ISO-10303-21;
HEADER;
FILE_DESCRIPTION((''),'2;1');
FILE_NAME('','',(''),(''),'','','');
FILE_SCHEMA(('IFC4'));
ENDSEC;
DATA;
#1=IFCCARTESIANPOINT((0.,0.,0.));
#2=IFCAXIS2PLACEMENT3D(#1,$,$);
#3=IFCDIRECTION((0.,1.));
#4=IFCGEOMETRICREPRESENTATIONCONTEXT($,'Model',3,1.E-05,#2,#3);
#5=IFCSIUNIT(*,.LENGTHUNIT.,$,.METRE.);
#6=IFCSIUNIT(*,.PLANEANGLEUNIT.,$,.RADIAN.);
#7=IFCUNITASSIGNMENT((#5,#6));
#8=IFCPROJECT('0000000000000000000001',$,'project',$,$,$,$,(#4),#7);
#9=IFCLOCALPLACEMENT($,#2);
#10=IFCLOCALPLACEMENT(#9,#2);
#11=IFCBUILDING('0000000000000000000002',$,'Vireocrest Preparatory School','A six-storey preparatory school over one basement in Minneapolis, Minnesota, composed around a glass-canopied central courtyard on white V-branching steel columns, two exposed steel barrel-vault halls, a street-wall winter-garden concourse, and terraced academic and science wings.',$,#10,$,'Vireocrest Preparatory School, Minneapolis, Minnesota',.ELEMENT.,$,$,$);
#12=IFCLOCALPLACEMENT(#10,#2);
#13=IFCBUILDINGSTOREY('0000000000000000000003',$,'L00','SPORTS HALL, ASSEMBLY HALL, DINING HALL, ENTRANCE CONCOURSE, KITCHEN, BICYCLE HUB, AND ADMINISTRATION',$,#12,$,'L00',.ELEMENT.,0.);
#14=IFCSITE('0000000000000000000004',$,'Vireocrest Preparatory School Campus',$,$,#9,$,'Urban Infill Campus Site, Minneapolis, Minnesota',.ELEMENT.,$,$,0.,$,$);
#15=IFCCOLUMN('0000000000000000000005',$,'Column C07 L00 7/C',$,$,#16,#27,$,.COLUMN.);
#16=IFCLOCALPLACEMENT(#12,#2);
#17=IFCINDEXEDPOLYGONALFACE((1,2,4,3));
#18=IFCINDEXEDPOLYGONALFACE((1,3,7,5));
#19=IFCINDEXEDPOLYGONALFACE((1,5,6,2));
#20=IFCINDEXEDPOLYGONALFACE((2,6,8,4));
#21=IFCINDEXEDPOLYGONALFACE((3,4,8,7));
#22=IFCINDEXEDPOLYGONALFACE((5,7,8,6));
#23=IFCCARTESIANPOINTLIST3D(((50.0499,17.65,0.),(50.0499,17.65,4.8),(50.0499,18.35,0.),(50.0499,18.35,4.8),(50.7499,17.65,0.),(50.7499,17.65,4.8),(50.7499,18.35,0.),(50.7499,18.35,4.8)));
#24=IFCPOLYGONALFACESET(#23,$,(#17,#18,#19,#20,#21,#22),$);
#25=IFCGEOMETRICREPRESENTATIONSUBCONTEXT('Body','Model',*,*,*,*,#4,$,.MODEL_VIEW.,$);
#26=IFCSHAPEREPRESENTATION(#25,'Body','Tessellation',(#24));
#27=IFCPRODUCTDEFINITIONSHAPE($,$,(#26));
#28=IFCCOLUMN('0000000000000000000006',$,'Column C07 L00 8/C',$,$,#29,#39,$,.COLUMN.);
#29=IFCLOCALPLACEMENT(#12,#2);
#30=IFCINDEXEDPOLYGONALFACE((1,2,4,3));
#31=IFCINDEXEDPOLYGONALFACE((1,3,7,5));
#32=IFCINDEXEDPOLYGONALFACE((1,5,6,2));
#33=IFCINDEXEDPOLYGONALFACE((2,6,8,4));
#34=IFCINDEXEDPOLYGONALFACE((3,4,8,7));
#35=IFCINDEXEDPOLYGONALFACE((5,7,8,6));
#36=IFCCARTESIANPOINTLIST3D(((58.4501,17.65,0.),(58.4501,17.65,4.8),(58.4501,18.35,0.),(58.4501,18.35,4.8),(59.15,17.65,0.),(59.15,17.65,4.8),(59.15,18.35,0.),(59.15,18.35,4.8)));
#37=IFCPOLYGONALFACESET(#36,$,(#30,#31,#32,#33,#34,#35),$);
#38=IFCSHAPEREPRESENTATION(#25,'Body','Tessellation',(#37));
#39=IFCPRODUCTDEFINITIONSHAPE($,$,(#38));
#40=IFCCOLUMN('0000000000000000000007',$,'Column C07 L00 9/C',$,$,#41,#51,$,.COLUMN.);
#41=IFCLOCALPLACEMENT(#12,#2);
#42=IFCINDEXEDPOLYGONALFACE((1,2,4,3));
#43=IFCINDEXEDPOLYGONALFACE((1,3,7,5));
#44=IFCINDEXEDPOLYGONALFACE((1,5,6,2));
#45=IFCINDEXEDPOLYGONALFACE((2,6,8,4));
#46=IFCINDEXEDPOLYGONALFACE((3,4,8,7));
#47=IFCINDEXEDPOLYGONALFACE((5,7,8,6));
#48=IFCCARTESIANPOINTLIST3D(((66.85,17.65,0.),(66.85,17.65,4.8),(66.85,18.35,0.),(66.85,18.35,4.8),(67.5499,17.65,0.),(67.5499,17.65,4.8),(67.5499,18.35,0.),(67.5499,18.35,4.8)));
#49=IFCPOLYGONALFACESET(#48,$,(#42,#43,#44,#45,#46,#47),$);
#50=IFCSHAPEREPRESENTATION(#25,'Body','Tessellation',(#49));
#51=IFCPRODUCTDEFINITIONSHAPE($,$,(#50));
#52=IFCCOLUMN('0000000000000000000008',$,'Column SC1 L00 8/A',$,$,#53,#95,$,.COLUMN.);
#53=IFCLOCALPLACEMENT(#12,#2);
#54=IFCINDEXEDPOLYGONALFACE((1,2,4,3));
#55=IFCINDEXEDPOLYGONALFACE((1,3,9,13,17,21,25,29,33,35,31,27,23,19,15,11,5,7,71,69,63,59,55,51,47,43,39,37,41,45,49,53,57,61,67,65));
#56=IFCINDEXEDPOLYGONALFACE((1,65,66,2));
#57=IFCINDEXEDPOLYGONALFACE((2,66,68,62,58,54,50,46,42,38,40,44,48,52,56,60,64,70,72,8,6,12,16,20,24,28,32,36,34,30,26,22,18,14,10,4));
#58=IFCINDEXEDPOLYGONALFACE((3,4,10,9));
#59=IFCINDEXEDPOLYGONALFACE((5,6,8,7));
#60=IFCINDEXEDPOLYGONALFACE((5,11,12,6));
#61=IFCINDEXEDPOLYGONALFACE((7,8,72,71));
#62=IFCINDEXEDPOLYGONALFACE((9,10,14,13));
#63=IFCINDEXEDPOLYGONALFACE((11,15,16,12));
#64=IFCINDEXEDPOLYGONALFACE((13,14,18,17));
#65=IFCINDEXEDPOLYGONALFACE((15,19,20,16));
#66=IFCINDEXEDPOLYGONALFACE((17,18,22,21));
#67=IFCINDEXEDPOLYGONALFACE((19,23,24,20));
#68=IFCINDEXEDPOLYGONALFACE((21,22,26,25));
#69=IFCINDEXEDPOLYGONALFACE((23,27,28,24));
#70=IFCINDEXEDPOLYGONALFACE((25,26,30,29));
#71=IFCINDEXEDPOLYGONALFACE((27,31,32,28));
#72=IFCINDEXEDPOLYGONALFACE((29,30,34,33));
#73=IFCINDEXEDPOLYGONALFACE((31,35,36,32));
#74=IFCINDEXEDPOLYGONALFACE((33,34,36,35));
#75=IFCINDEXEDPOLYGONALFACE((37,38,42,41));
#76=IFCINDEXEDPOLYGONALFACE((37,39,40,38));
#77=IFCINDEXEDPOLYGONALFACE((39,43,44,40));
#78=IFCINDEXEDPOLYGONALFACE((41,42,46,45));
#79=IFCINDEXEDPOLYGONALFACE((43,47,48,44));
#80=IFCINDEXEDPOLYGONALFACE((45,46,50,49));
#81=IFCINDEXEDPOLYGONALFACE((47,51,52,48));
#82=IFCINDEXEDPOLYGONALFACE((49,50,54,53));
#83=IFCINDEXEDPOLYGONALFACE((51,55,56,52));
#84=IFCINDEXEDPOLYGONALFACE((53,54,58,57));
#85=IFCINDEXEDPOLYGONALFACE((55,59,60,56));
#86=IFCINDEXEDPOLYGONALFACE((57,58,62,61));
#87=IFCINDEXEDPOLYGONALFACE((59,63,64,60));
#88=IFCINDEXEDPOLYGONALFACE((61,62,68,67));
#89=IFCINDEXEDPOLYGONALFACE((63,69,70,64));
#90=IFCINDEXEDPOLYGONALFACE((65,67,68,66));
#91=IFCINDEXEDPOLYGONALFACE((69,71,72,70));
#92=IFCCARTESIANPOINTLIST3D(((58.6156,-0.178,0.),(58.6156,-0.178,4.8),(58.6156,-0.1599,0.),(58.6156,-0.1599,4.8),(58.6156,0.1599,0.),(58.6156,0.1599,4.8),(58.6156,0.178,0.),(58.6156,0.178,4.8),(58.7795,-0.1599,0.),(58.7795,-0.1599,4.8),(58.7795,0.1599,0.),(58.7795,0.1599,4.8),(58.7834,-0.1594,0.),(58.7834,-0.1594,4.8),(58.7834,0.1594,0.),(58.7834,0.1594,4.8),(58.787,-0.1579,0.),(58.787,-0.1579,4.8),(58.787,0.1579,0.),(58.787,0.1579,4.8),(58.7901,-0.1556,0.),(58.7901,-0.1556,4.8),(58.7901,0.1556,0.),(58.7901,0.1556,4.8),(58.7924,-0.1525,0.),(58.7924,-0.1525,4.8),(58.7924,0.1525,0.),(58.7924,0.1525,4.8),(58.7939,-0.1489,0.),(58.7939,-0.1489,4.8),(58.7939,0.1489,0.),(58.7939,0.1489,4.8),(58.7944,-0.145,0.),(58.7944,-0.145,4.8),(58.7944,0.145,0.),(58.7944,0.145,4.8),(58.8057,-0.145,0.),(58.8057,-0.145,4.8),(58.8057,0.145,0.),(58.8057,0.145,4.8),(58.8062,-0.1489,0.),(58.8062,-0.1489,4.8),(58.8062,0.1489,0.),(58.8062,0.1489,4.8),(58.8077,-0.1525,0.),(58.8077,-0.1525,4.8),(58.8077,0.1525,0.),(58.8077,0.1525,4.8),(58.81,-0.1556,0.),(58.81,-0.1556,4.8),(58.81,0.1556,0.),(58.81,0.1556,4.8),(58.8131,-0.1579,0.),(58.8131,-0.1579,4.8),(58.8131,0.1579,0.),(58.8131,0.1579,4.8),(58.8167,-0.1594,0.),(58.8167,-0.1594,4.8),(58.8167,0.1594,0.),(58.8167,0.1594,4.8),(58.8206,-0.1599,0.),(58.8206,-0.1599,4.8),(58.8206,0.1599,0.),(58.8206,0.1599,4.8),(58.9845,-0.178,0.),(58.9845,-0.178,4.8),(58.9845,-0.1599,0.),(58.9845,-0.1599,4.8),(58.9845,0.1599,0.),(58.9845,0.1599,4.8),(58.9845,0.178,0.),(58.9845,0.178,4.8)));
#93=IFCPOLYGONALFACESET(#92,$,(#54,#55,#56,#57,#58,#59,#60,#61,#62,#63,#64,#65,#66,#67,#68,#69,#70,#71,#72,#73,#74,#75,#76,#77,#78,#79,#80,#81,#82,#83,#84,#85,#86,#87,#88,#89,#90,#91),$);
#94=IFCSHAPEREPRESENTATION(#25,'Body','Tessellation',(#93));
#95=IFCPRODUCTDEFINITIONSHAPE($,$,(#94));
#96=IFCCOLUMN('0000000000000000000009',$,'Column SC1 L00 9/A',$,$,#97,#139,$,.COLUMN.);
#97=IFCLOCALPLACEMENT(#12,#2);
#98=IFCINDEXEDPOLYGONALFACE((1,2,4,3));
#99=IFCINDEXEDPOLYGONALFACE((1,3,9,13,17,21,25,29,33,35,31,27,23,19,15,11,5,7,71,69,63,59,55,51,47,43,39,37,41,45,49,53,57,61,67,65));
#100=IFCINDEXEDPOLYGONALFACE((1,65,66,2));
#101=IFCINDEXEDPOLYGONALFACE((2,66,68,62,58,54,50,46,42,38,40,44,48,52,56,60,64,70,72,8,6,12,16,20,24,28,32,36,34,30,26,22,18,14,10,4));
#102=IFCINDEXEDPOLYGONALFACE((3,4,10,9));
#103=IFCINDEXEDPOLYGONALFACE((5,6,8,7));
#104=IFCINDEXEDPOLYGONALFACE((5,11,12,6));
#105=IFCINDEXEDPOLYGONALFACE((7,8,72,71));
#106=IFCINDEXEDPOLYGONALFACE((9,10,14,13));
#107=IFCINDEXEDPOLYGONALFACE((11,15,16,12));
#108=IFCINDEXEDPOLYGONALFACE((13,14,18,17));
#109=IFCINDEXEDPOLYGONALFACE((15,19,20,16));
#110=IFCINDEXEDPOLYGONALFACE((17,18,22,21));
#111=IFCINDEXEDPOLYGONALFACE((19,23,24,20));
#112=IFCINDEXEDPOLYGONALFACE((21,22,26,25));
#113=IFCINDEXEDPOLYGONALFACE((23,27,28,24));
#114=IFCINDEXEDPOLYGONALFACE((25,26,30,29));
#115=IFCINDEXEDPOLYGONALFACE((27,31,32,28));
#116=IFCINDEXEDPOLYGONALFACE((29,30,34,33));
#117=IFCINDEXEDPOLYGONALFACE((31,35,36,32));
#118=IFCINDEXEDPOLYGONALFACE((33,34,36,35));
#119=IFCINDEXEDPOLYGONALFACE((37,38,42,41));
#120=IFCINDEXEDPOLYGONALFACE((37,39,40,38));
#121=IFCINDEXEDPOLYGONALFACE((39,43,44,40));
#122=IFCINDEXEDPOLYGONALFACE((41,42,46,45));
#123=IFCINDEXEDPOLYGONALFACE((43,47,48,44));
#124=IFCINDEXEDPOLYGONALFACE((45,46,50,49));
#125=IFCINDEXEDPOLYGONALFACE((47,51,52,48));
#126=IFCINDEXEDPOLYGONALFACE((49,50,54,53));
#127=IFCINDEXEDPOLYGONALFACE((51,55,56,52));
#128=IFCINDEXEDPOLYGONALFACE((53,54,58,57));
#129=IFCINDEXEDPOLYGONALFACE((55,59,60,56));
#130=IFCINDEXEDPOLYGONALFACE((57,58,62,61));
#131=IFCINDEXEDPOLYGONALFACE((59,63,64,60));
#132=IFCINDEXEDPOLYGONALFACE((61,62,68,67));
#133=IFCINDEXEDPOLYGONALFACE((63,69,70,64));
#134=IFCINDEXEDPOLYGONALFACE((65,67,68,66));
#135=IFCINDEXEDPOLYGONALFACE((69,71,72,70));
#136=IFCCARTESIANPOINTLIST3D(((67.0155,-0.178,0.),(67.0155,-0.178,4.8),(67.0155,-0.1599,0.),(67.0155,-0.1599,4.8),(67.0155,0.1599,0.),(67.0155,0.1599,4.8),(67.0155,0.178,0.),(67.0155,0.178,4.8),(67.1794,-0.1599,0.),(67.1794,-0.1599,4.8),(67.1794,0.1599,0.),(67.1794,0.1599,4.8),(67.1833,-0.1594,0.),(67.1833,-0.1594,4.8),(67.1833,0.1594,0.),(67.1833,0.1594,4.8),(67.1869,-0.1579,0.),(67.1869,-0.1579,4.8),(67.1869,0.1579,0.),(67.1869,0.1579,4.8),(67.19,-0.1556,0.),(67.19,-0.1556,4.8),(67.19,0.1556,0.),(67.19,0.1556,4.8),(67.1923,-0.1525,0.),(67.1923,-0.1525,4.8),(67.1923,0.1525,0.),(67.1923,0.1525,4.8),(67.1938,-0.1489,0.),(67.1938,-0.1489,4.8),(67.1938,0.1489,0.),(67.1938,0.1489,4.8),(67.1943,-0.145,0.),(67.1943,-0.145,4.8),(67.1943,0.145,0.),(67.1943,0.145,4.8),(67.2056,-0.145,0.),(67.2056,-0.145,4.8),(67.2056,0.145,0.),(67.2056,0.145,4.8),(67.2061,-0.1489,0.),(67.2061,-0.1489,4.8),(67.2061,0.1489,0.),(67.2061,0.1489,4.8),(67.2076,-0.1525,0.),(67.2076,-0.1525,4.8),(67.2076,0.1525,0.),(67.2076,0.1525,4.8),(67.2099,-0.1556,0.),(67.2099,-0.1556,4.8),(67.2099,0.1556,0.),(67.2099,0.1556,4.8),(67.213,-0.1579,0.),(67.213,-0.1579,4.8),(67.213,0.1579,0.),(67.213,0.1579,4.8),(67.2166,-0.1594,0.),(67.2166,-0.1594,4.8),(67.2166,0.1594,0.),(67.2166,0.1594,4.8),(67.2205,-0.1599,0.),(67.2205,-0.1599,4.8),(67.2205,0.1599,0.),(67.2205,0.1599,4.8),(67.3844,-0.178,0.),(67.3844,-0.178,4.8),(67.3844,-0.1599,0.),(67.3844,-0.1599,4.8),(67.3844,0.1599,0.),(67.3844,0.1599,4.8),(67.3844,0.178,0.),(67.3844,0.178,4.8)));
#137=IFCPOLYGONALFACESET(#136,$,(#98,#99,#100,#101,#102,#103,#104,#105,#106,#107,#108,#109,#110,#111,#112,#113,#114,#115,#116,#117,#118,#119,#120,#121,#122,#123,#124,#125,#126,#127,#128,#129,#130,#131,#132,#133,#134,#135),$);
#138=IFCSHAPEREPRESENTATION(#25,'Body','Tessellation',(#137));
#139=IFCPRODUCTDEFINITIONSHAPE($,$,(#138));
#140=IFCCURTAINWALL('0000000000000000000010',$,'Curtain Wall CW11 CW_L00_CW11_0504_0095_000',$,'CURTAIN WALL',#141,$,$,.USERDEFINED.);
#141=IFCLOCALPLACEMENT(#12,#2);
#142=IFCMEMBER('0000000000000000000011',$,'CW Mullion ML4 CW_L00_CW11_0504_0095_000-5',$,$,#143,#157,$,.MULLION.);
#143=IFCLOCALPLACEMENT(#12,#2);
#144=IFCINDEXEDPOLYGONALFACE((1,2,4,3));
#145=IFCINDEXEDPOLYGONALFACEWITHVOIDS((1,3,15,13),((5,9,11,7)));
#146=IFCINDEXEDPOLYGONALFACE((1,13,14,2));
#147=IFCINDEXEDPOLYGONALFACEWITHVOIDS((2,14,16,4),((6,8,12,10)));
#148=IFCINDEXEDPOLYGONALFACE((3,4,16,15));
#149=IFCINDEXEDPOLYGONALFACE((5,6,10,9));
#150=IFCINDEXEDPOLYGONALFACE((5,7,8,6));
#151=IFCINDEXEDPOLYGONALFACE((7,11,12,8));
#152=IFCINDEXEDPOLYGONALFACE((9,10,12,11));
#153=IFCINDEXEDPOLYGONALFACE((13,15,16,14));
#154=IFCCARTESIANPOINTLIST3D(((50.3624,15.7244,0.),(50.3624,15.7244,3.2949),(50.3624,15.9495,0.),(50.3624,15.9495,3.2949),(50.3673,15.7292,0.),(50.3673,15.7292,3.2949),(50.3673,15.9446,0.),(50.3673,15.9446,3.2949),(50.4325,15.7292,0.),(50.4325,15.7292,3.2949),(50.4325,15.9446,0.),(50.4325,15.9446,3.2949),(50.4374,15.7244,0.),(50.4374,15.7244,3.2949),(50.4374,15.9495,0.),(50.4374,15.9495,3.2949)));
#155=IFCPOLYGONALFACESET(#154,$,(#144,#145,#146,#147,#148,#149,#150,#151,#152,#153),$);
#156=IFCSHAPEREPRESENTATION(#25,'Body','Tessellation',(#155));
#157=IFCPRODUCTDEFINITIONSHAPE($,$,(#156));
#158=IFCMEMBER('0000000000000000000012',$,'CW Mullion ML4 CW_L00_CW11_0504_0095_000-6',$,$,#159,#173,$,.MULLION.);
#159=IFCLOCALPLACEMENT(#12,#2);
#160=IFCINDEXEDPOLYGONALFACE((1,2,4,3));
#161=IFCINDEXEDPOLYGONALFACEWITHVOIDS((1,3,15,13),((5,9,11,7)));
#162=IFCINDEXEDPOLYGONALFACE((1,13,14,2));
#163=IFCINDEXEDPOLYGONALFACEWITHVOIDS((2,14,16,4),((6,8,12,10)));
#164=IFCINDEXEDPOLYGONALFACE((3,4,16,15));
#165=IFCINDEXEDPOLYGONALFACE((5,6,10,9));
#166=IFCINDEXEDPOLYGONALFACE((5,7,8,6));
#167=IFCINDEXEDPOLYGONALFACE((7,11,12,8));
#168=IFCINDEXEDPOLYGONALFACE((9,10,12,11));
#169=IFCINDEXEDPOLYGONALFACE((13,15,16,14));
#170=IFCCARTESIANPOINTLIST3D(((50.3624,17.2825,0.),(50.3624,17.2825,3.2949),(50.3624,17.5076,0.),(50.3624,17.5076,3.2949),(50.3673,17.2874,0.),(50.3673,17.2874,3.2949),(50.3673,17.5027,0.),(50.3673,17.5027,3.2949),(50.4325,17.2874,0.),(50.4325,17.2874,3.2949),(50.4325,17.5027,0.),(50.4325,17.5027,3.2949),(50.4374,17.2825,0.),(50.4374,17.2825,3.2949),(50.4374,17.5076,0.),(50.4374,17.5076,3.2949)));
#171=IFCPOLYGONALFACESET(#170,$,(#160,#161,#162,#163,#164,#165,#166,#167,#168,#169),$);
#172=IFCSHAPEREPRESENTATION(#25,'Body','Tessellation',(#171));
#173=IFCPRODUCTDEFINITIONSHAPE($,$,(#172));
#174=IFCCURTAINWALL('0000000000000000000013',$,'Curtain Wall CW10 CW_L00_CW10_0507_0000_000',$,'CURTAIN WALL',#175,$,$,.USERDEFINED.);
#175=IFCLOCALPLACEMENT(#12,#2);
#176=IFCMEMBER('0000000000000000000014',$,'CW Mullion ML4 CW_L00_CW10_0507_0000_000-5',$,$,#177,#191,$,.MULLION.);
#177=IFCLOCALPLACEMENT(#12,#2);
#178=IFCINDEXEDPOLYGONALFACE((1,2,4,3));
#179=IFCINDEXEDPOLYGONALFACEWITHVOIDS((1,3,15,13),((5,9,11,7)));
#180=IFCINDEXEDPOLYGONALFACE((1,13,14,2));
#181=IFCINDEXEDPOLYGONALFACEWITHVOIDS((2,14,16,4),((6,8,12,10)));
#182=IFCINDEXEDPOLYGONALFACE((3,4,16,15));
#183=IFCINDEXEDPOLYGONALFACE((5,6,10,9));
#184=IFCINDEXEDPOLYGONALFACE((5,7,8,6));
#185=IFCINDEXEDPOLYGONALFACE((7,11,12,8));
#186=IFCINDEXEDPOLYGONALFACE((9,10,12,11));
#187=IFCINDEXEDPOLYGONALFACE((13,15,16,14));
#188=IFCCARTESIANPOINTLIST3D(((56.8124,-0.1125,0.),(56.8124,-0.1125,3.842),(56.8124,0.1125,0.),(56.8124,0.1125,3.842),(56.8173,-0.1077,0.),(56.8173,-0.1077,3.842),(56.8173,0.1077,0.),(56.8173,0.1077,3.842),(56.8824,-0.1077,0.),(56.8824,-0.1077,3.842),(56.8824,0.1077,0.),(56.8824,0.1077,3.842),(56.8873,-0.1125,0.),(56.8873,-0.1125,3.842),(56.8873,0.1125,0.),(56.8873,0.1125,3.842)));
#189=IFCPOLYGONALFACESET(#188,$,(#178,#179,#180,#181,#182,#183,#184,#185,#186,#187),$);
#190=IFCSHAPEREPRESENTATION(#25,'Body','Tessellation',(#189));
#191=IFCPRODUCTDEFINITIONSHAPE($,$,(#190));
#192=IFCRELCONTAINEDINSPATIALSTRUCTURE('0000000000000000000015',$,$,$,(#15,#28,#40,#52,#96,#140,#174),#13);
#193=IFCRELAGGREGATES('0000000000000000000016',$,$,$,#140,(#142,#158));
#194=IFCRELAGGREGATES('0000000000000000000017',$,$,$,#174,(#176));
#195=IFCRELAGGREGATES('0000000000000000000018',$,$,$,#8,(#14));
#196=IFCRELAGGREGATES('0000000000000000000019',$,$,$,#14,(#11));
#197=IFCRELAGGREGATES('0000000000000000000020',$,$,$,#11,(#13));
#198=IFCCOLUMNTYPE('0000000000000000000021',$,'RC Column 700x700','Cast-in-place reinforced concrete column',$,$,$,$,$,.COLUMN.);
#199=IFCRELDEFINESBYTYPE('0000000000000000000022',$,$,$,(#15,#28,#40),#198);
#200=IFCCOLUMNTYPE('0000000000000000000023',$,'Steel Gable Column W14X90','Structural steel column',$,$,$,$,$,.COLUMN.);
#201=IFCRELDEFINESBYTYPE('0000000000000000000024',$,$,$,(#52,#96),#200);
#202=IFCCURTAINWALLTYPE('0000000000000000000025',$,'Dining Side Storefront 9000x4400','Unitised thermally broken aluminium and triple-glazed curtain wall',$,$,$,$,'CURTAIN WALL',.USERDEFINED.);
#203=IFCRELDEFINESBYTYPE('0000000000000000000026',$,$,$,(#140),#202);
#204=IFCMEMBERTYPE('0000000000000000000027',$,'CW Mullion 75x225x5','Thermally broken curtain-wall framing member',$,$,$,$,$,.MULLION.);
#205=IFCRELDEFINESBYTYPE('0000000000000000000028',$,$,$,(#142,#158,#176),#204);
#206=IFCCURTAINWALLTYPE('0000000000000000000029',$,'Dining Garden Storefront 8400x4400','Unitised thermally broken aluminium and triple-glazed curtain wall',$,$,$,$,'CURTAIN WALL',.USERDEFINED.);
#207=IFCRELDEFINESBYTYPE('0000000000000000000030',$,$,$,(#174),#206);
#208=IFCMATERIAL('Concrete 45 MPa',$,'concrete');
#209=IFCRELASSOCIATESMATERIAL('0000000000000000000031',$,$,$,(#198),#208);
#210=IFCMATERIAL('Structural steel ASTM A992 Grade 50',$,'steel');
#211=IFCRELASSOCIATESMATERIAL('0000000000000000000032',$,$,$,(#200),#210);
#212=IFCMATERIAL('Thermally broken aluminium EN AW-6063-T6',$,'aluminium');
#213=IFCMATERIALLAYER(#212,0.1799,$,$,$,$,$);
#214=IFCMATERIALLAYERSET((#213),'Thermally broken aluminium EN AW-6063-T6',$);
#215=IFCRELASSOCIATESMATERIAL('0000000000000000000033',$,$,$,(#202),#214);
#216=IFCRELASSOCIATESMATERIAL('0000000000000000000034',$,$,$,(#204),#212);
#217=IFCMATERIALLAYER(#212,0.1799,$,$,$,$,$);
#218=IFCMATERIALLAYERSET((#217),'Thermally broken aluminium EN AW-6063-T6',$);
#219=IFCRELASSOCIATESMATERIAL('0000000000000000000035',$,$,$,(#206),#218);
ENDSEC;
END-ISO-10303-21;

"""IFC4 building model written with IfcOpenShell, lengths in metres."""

from ifc_helpers import new_model, si_unit, direction, frame, origin, origin_2d, place, context, subcontext, project, spatial, rectangle, hollow_rectangle, i_section, extrude, material, layer, layer_set, material_profile, profile_set, type_object, element, aggregate, save


model = new_model("IFC4")

# Units and contexts
model_context = context("Model", 3, precision=1e-05, world=origin(), true_north=direction((0.0, 1.0)))
body_context = subcontext(model_context, "Body", "Model", "MODEL_VIEW")
ifc_project = project(units=[si_unit("LENGTHUNIT", "METRE"), si_unit("PLANEANGLEUNIT", "RADIAN")], contexts=[model_context])

# Site, building, storey
site_placement = place(None, origin())
site = spatial("IfcSite", under=ifc_project, at=site_placement, Name="Vireocrest Preparatory School Campus", LongName="Urban Infill Campus Site, Minneapolis, Minnesota", CompositionType="ELEMENT", RefElevation=0.0)
building_placement = place(site_placement, origin())
building = spatial("IfcBuilding", under=site, at=building_placement, Name="Vireocrest Preparatory School", Description="A six-storey preparatory school over one basement in Minneapolis, Minnesota, composed around a glass-canopied central courtyard on white V-branching steel columns, two exposed steel barrel-vault halls, a street-wall winter-garden concourse, and terraced academic and science wings.", LongName="Vireocrest Preparatory School, Minneapolis, Minnesota", CompositionType="ELEMENT")
storey_placement = place(building_placement, origin())
storey = spatial("IfcBuildingStorey", under=building, at=storey_placement, Name="L00", Description="SPORTS HALL, ASSEMBLY HALL, DINING HALL, ENTRANCE CONCOURSE, KITCHEN, BICYCLE HUB, AND ADMINISTRATION", LongName="L00", CompositionType="ELEMENT", Elevation=0.0)

# Columns
ifc_material_1 = material(Name="Concrete 45 MPa", Category="concrete")
ifc_material_profile_1 = material_profile(ifc_material_1, rectangle(XDim=0.7, YDim=0.7, at=origin_2d()), Name="RC 700x700")
ifc_profile_set_1 = profile_set([ifc_material_profile_1], Name="Concrete 45 MPa")
column_type_1 = type_object("IfcColumnType", Name="RC Column 700x700", Description="Cast-in-place reinforced concrete column", PredefinedType="COLUMN", material=ifc_profile_set_1)
for number, where, z_axis, x_axis, name in (
    (1, (50.3999, 18.0, 0.0), (0.0, 0.0, 1.0), (1.0, 0.0, 0.0), "Column C07 L00 7/C"),
    (2, (58.8, 18.0, 0.0), (0.0, 0.0, 1.0), (1.0, 0.0, 0.0), "Column C07 L00 8/C"),
    (3, (67.2, 18.0, 0.0), (0.0, 0.0, 1.0), (1.0, 0.0, 0.0), "Column C07 L00 9/C"),
):
    element("IfcColumn", number, at=place(storey_placement, frame(where, z_axis=z_axis, x_axis=x_axis)), inside=storey, type_object=column_type_1, Name=name, PredefinedType="COLUMN", context=body_context, shape_type="SweptSolid", body=[
        extrude(rectangle(XDim=0.7, YDim=0.7, at=origin_2d()), origin(), (0.0, 0.0, 1.0), 4.8),
    ])
ifc_material_2 = material(Name="Structural steel ASTM A992 Grade 50", Category="steel")
ifc_material_profile_2 = material_profile(ifc_material_2, i_section(OverallWidth=0.3689, OverallDepth=0.356, WebThickness=0.0112, FlangeThickness=0.0181, FilletRadius=0.0149, at=origin_2d()), Name="W14X90")
ifc_profile_set_2 = profile_set([ifc_material_profile_2], Name="Structural steel ASTM A992 Grade 50")
column_type_2 = type_object("IfcColumnType", Name="Steel Gable Column W14X90", Description="Structural steel column", PredefinedType="COLUMN", material=ifc_profile_set_2)
for number, where, z_axis, x_axis, name in (
    (4, (58.8, 0.0, 0.0), (0.0, 0.0, 1.0), (1.0, 0.0, 0.0), "Column SC1 L00 8/A"),
    (5, (67.2, 0.0, 0.0), (0.0, 0.0, 1.0), (1.0, 0.0, 0.0), "Column SC1 L00 9/A"),
):
    element("IfcColumn", number, at=place(storey_placement, frame(where, z_axis=z_axis, x_axis=x_axis)), inside=storey, type_object=column_type_2, Name=name, PredefinedType="COLUMN", context=body_context, shape_type="SweptSolid", body=[
        extrude(i_section(OverallWidth=0.3689, OverallDepth=0.356, WebThickness=0.0112, FlangeThickness=0.0181, FilletRadius=0.0149, at=origin_2d()), origin(), (0.0, 0.0, 1.0), 4.8),
    ])

# Curtain walls, members
ifc_material_3 = material(Name="Thermally broken aluminium EN AW-6063-T6", Category="aluminium")
ifc_layer_1 = layer(ifc_material_3, 0.1799)
ifc_layer_set_1 = layer_set([ifc_layer_1], Name="Thermally broken aluminium EN AW-6063-T6")
curtain_wall_type_1 = type_object("IfcCurtainWallType", Name="Dining Side Storefront 9000x4400", Description="Unitised thermally broken aluminium and triple-glazed curtain wall", ElementType="CURTAIN WALL", PredefinedType="USERDEFINED", material=ifc_layer_set_1)
curtain_wall_1_placement = place(storey_placement, origin())
curtain_wall_1 = element("IfcCurtainWall", 6, at=curtain_wall_1_placement, inside=storey, type_object=curtain_wall_type_1, Name="Curtain Wall CW11 CW_L00_CW11_0504_0095_000", ObjectType="CURTAIN WALL", PredefinedType="USERDEFINED")
ifc_material_profile_3 = material_profile(ifc_material_3, hollow_rectangle(XDim=0.075, YDim=0.2251, WallThickness=0.0049, at=origin_2d()), Name="ALU 75x225x5")
ifc_profile_set_3 = profile_set([ifc_material_profile_3], Name="Thermally broken aluminium EN AW-6063-T6")
member_type_1 = type_object("IfcMemberType", Name="CW Mullion 75x225x5", Description="Thermally broken curtain-wall framing member", PredefinedType="MULLION", material=ifc_profile_set_3)
member_1_placement = place(storey_placement, frame((50.3999, 15.8369, 0.0), z_axis=(0.0, 0.0, 1.0), x_axis=(1.0, 0.0, 0.0)))
member_1 = element("IfcMember", 7, at=member_1_placement, type_object=member_type_1, Name="CW Mullion ML4 CW_L00_CW11_0504_0095_000-5", PredefinedType="MULLION", context=body_context, shape_type="SweptSolid", body=[
    extrude(hollow_rectangle(XDim=0.075, YDim=0.2251, WallThickness=0.0049, at=origin_2d()), origin(), (0.0, 0.0, 1.0), 3.2949),
])
member_2_placement = place(storey_placement, frame((50.3999, 17.395, 0.0), z_axis=(0.0, 0.0, 1.0), x_axis=(1.0, 0.0, 0.0)))
member_2 = element("IfcMember", 8, at=member_2_placement, type_object=member_type_1, Name="CW Mullion ML4 CW_L00_CW11_0504_0095_000-6", PredefinedType="MULLION", context=body_context, shape_type="SweptSolid", body=[
    extrude(hollow_rectangle(XDim=0.075, YDim=0.2251, WallThickness=0.0049, at=origin_2d()), origin(), (0.0, 0.0, 1.0), 3.2949),
])
ifc_layer_2 = layer(ifc_material_3, 0.1799)
ifc_layer_set_2 = layer_set([ifc_layer_2], Name="Thermally broken aluminium EN AW-6063-T6")
curtain_wall_type_2 = type_object("IfcCurtainWallType", Name="Dining Garden Storefront 8400x4400", Description="Unitised thermally broken aluminium and triple-glazed curtain wall", ElementType="CURTAIN WALL", PredefinedType="USERDEFINED", material=ifc_layer_set_2)
curtain_wall_2_placement = place(storey_placement, origin())
curtain_wall_2 = element("IfcCurtainWall", 9, at=curtain_wall_2_placement, inside=storey, type_object=curtain_wall_type_2, Name="Curtain Wall CW10 CW_L00_CW10_0507_0000_000", ObjectType="CURTAIN WALL", PredefinedType="USERDEFINED")
member_3_placement = place(storey_placement, frame((56.8499, 0.0, 0.0), z_axis=(0.0, 0.0, 1.0), x_axis=(1.0, 0.0, 0.0)))
member_3 = element("IfcMember", 10, at=member_3_placement, type_object=member_type_1, Name="CW Mullion ML4 CW_L00_CW10_0507_0000_000-5", PredefinedType="MULLION", context=body_context, shape_type="SweptSolid", body=[
    extrude(hollow_rectangle(XDim=0.075, YDim=0.2251, WallThickness=0.0049, at=origin_2d()), origin(), (0.0, 0.0, 1.0), 3.842),
])

aggregate(curtain_wall_1, [member_1, member_2])
aggregate(curtain_wall_2, [member_3])

save(model, "model.ifc")
